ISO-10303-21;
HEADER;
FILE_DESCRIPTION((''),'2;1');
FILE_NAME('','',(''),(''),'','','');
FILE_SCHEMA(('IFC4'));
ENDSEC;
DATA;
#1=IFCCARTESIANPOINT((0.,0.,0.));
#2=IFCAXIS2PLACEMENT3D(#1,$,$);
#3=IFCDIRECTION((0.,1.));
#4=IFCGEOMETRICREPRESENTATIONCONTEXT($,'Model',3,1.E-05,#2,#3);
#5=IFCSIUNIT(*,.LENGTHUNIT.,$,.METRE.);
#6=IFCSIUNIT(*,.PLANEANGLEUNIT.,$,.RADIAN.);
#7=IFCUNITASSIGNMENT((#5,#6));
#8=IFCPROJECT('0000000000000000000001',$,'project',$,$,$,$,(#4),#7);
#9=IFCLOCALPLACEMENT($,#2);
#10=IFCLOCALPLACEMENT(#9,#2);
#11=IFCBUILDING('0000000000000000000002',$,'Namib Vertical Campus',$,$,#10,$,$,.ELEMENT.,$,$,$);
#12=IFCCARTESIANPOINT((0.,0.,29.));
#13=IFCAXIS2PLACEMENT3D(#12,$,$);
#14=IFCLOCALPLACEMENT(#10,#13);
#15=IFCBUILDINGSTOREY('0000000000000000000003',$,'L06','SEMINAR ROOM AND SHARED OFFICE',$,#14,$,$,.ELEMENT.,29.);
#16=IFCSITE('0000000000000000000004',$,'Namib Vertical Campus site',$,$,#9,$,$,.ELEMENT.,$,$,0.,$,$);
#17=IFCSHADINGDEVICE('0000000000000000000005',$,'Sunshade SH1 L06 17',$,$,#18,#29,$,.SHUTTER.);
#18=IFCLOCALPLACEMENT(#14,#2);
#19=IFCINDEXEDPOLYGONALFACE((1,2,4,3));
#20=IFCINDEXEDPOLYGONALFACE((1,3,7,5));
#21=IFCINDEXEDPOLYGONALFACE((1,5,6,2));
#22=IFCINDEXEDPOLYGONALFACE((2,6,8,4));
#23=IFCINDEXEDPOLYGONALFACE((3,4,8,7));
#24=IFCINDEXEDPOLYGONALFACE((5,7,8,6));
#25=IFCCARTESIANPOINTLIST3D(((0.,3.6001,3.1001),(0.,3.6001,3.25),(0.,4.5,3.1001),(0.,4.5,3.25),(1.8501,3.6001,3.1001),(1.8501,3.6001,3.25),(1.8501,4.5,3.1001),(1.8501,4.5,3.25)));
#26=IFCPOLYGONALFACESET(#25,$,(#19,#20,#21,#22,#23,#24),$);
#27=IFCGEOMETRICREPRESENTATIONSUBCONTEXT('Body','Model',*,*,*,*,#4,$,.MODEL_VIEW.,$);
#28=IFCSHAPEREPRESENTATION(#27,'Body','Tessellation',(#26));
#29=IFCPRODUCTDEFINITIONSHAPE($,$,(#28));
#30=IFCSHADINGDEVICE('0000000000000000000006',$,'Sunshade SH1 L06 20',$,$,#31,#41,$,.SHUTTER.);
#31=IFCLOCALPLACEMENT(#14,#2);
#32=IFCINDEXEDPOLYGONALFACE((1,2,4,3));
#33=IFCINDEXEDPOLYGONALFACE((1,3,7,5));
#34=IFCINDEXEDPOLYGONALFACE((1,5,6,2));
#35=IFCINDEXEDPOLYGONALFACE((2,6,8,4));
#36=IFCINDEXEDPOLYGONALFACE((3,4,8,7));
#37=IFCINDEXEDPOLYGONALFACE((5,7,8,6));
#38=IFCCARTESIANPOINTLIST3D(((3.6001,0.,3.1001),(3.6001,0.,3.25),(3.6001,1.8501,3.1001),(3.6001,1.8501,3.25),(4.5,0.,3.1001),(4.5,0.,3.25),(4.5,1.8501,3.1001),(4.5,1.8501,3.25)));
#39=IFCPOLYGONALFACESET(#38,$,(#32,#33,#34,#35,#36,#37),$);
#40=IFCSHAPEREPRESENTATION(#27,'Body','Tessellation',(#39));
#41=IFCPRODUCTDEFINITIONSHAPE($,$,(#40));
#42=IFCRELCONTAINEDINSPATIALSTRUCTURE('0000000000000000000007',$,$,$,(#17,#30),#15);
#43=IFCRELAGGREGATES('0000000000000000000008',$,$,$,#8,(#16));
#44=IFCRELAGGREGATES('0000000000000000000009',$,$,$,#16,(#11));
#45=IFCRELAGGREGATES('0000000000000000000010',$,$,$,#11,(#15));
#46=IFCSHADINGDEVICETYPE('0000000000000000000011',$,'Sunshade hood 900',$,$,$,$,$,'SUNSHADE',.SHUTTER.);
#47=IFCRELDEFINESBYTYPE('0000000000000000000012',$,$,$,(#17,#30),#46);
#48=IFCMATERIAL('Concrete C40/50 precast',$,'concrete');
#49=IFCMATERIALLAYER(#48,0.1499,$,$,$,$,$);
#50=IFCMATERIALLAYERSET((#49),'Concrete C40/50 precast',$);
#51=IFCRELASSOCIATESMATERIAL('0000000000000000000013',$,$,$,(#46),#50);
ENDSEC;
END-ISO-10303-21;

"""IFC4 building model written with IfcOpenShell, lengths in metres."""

from ifc_helpers import new_model, si_unit, direction, frame, origin, origin_2d, place, context, subcontext, project, spatial, rectangle, extrude, material, layer, layer_set, type_object, element, save


model = new_model("IFC4")

# Units and contexts
model_context = context("Model", 3, precision=1e-05, world=origin(), true_north=direction((0.0, 1.0)))
body_context = subcontext(model_context, "Body", "Model", "MODEL_VIEW")
ifc_project = project(units=[si_unit("LENGTHUNIT", "METRE"), si_unit("PLANEANGLEUNIT", "RADIAN")], contexts=[model_context])

# Site, building, storey
site_placement = place(None, origin())
site = spatial("IfcSite", under=ifc_project, at=site_placement, Name="Namib Vertical Campus site", CompositionType="ELEMENT", RefElevation=0.0)
building_placement = place(site_placement, origin())
building = spatial("IfcBuilding", under=site, at=building_placement, Name="Namib Vertical Campus", CompositionType="ELEMENT")
storey_placement = place(building_placement, frame((0.0, 0.0, 29.0)))
storey = spatial("IfcBuildingStorey", under=building, at=storey_placement, Name="L06", Description="SEMINAR ROOM AND SHARED OFFICE", CompositionType="ELEMENT", Elevation=29.0)

# Shading devices
ifc_material_1 = material(Name="Concrete C40/50 precast", Category="concrete")
ifc_layer_1 = layer(ifc_material_1, 0.1499)
ifc_layer_set_1 = layer_set([ifc_layer_1], Name="Concrete C40/50 precast")
shading_device_type = type_object("IfcShadingDeviceType", Name="Sunshade hood 900", ElementType="SUNSHADE", PredefinedType="SHUTTER", material=ifc_layer_set_1)
for number, where, z_axis, x_axis, name in (
    (1, (0.925, 4.05, 3.1001), (0.0, 0.0, 1.0), (1.0, 0.0, 0.0), "Sunshade SH1 L06 17"),
    (2, (4.05, 0.925, 3.1001), (0.0, 0.0, 1.0), (0.0, -1.0, 0.0), "Sunshade SH1 L06 20"),
):
    element("IfcShadingDevice", number, at=place(storey_placement, frame(where, z_axis=z_axis, x_axis=x_axis)), inside=storey, type_object=shading_device_type, Name=name, PredefinedType="SHUTTER", context=body_context, shape_type="SweptSolid", body=[
        extrude(rectangle(XDim=1.8501, YDim=0.8999, at=origin_2d()), origin(), (0.0, 0.0, 1.0), 0.1499),
    ])

save(model, "model.ifc")
